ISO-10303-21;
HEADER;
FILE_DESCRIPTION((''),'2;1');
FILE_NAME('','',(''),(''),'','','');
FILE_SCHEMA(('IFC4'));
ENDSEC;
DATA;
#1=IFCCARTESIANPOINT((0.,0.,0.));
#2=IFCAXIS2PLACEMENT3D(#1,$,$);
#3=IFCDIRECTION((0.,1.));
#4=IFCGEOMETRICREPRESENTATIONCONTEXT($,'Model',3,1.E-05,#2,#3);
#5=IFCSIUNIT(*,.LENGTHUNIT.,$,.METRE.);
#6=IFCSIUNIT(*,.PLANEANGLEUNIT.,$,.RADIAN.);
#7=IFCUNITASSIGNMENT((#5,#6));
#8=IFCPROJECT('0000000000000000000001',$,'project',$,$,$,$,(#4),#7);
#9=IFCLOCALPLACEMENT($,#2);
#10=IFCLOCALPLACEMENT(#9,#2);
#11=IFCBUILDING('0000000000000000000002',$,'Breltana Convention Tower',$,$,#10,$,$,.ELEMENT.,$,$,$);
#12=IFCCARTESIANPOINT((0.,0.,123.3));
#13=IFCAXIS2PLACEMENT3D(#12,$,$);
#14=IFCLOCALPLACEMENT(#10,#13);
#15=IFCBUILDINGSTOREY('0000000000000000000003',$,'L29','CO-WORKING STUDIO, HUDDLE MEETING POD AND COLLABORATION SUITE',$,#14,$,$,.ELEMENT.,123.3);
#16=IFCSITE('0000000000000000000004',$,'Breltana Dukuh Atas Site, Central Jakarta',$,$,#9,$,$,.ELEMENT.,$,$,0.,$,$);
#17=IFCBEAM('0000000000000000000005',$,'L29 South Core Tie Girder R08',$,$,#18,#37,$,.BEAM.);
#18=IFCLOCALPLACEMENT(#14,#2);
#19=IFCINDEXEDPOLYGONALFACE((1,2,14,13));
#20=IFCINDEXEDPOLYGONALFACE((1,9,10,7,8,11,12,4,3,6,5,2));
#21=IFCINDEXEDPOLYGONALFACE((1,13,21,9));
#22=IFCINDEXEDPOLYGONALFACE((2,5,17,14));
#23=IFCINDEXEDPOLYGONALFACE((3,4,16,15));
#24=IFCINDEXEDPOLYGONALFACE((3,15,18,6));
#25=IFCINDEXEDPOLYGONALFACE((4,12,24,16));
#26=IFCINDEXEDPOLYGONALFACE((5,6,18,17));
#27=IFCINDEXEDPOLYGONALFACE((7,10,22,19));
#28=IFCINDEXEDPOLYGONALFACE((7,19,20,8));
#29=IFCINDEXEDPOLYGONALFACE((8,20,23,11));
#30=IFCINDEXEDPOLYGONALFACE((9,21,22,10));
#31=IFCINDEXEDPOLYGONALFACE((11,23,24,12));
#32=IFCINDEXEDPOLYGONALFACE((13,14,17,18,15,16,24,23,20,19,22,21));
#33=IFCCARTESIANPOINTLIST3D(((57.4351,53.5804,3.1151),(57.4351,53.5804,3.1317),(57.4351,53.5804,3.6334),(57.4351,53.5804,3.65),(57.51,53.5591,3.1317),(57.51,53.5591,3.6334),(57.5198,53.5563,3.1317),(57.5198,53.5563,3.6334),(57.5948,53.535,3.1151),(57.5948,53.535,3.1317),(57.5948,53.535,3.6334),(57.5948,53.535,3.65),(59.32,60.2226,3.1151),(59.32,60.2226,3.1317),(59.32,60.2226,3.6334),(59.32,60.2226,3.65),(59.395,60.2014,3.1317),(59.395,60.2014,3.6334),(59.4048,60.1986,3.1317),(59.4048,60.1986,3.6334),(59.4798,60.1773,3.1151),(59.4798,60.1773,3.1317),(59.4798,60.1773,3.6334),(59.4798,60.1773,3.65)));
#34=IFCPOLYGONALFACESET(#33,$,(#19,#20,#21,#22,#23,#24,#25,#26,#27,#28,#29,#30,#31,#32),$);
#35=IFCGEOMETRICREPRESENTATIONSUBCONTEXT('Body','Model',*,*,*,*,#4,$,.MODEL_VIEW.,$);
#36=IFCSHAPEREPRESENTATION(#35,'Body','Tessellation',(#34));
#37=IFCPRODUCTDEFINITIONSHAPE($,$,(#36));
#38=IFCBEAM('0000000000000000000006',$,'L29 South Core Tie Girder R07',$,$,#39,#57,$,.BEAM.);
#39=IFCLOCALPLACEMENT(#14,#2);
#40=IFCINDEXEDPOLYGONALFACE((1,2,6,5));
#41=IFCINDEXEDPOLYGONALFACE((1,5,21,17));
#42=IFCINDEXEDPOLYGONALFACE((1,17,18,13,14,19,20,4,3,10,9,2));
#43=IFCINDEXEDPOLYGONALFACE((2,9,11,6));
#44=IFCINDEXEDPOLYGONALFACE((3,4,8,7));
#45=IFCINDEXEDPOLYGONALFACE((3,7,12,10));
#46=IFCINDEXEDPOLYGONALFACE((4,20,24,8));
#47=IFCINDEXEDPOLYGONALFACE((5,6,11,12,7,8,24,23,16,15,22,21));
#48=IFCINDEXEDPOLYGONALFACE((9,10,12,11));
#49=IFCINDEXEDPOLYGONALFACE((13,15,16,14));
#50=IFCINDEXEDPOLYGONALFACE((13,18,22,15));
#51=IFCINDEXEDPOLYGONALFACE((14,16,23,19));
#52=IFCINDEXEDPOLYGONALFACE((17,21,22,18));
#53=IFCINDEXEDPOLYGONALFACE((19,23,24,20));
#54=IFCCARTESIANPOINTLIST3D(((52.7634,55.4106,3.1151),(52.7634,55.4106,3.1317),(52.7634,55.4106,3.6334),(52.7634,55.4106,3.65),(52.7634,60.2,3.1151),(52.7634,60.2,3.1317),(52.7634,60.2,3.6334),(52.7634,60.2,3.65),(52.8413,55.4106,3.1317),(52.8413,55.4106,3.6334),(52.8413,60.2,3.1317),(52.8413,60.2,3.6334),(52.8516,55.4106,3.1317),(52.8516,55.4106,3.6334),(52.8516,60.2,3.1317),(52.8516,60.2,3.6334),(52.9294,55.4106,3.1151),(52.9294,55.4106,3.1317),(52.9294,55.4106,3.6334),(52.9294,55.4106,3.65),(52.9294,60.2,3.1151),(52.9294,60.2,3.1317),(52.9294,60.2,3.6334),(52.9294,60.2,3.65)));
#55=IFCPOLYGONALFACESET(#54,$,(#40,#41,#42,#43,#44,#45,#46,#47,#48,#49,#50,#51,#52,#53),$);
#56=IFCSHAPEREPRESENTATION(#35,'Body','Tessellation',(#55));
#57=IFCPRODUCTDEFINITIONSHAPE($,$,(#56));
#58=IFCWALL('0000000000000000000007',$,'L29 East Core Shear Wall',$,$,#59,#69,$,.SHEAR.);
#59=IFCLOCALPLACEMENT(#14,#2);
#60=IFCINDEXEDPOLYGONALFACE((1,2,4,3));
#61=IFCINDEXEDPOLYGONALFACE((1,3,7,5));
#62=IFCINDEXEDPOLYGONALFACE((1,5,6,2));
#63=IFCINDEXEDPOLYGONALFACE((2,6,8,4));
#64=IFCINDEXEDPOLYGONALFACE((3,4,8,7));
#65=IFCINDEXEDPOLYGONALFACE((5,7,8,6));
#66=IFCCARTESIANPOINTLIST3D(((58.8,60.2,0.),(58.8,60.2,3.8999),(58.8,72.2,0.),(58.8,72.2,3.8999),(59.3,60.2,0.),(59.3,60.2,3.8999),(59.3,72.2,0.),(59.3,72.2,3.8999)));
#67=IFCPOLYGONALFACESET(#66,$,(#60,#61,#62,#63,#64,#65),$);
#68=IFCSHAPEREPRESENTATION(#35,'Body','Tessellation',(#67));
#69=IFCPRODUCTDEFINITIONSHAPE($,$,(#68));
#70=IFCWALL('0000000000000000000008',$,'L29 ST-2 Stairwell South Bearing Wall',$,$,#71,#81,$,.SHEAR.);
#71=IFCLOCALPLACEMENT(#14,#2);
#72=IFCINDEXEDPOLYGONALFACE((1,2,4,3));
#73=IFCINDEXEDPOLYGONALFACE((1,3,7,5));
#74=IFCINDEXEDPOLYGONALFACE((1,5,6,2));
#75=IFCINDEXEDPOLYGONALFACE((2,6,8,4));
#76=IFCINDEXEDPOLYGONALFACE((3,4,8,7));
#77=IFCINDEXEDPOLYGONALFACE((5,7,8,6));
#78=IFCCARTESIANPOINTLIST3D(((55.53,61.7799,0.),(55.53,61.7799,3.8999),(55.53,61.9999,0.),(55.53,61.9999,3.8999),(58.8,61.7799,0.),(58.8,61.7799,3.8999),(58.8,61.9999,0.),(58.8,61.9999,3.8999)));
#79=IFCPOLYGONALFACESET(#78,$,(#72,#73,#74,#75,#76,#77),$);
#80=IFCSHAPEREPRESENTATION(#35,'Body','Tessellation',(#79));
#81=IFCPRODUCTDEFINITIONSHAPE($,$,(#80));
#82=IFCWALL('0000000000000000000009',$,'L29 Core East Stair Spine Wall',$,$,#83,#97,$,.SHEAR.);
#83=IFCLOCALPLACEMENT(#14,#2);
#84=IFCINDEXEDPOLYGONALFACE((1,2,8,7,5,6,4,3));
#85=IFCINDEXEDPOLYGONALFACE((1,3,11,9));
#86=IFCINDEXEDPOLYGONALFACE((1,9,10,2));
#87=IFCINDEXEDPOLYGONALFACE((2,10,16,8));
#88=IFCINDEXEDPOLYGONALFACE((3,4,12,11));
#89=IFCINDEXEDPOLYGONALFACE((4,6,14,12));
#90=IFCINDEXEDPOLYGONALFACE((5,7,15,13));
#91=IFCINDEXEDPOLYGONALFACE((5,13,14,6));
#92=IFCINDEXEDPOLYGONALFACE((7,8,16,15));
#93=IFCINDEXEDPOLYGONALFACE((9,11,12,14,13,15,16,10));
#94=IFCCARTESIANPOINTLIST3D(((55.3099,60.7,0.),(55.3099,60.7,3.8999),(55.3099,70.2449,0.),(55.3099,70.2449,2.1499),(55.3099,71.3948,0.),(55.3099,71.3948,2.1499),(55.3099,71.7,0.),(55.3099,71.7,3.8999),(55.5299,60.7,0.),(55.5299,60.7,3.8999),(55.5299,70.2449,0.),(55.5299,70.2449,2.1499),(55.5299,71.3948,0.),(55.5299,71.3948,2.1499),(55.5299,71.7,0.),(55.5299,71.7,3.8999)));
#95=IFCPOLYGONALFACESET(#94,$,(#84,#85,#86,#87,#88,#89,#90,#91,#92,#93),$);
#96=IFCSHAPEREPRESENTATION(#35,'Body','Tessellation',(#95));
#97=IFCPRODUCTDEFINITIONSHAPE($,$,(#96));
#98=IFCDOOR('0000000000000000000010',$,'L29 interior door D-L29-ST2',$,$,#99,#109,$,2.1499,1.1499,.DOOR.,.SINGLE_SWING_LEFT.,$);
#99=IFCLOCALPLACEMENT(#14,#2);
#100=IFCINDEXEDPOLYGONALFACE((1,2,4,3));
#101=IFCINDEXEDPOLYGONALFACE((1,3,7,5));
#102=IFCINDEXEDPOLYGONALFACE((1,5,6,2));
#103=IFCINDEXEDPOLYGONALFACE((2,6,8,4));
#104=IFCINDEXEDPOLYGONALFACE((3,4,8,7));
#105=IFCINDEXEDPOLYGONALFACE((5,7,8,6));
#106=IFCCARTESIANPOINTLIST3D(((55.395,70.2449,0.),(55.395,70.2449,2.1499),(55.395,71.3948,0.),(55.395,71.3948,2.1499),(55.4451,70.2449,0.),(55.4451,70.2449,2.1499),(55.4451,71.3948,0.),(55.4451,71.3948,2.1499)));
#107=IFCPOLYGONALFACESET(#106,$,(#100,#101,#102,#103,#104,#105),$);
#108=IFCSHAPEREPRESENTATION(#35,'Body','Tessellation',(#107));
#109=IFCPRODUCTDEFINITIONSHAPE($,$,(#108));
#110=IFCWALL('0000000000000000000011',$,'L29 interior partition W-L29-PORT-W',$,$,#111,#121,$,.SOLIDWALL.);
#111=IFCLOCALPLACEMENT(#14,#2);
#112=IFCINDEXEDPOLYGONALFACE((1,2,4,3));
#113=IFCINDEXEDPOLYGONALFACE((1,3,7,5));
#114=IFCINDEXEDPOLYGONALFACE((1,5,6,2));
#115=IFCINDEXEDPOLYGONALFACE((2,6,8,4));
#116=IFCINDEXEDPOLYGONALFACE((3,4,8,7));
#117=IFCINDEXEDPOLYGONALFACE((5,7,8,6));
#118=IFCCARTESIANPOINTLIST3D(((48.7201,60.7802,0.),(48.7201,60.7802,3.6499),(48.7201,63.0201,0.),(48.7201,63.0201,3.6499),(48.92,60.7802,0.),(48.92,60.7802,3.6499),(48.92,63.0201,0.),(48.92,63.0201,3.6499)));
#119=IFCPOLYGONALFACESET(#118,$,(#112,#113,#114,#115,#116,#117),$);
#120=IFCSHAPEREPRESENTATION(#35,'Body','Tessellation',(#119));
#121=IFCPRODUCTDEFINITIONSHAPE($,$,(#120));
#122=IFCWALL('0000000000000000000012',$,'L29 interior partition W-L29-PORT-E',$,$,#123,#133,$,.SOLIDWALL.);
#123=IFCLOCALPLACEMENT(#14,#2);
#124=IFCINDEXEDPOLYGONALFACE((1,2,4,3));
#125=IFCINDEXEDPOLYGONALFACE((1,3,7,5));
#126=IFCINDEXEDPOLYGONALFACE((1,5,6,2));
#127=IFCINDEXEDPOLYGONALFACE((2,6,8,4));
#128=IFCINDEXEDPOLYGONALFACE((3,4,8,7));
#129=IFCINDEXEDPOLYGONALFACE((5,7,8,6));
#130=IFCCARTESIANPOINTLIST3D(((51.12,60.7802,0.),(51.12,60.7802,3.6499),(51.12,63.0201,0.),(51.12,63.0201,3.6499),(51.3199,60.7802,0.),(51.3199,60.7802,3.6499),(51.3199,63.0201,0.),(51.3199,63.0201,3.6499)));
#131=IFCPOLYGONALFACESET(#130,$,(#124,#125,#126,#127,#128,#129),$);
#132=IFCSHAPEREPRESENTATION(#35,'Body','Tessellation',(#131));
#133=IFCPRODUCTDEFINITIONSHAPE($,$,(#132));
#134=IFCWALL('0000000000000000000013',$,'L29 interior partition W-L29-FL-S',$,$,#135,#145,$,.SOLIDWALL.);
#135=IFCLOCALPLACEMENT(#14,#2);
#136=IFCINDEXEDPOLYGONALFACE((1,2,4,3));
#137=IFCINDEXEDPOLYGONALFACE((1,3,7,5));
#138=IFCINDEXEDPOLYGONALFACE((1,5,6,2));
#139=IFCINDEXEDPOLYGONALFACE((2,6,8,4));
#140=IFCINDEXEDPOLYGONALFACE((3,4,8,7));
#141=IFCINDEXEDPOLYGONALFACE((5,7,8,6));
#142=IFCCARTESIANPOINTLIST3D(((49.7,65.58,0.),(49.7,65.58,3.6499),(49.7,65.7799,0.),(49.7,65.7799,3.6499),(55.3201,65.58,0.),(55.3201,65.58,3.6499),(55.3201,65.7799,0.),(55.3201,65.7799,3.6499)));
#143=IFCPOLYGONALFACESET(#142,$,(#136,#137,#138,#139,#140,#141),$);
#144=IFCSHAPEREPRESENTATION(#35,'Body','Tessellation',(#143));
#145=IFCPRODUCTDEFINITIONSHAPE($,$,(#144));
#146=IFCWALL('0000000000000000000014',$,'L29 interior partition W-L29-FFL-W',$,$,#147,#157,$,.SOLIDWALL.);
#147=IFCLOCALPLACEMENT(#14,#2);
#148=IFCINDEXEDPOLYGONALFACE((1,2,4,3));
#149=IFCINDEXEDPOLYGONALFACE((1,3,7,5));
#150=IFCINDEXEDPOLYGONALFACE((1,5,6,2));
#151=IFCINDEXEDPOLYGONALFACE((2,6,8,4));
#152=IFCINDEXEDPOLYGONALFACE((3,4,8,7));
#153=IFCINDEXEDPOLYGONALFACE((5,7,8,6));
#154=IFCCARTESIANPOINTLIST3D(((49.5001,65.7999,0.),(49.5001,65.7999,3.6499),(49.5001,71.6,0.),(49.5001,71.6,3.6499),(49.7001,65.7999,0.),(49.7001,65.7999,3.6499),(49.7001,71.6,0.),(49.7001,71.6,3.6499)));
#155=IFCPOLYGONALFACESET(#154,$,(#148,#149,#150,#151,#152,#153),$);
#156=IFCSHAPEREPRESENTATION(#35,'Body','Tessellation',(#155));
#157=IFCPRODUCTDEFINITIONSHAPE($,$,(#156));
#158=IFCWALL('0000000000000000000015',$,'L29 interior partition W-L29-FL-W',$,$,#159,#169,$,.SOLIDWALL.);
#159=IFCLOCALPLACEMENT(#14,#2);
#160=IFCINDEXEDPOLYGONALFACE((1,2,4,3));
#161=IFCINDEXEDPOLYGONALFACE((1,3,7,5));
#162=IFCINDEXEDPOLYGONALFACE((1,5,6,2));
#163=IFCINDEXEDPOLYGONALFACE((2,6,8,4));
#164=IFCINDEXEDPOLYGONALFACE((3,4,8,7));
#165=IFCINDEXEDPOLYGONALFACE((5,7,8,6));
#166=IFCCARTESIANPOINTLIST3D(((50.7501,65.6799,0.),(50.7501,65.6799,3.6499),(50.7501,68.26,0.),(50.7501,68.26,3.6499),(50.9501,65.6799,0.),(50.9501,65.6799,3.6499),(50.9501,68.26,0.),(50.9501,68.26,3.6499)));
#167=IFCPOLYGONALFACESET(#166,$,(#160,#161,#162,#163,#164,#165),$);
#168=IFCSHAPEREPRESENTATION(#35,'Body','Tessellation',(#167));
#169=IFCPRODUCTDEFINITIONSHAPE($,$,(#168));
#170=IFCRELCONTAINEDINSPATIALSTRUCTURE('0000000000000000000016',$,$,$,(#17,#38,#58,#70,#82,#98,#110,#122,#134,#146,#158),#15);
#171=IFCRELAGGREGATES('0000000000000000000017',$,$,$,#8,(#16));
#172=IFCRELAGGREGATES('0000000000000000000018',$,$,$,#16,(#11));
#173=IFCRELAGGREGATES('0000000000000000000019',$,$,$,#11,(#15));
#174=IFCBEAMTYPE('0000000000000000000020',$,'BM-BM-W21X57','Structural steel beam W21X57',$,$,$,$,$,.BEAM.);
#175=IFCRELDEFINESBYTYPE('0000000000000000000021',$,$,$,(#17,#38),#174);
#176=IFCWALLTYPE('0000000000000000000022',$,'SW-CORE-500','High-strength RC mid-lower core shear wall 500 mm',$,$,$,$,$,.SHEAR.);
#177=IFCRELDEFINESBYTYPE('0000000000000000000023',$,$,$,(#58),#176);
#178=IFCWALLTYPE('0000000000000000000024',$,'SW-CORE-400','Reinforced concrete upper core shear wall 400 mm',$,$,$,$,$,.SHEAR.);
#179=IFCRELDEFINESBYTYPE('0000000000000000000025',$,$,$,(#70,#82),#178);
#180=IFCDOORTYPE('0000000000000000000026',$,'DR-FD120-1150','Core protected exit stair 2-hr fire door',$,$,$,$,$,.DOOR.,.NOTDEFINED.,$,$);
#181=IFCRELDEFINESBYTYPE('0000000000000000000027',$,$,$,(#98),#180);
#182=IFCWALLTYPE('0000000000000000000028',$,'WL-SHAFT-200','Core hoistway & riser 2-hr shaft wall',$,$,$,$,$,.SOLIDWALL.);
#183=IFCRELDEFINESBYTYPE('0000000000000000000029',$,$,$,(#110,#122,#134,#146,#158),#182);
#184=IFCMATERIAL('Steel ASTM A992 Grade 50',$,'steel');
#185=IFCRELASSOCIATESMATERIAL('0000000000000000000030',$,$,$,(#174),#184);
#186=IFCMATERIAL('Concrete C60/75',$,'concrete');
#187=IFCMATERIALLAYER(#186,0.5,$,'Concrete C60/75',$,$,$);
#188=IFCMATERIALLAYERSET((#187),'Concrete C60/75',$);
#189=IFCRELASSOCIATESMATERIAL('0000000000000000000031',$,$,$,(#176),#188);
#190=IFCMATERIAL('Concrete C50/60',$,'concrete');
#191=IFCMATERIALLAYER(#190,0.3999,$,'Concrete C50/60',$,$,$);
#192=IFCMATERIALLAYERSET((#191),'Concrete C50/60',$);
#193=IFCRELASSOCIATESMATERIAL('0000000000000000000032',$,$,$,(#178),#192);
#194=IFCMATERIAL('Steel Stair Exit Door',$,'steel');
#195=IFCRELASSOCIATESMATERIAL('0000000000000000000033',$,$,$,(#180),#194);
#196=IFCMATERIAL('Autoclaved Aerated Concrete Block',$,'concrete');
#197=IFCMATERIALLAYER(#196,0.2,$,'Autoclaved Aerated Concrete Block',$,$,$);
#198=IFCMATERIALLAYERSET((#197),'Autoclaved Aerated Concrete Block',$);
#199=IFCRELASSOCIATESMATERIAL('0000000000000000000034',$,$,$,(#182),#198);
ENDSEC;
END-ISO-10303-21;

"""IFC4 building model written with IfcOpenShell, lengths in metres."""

from ifc_helpers import new_model, si_unit, direction, frame, frame_2d, origin, origin_2d, place, context, subcontext, project, spatial, rectangle, i_section, extrude, source, transform, mapped, material, layer, layer_set, material_profile, profile_set, type_object, type_shapes, element, fill, save


model = new_model("IFC4")

# Units and contexts
model_context = context("Model", 3, precision=1e-05, world=origin(), true_north=direction((0.0, 1.0)))
body_context = subcontext(model_context, "Body", "Model", "MODEL_VIEW")
ifc_project = project(units=[si_unit("LENGTHUNIT", "METRE"), si_unit("PLANEANGLEUNIT", "RADIAN")], contexts=[model_context])

# Site, building, storey
site_placement = place(None, origin())
site = spatial("IfcSite", under=ifc_project, at=site_placement, Name="Breltana Dukuh Atas Site, Central Jakarta", CompositionType="ELEMENT", RefElevation=0.0)
building_placement = place(site_placement, origin())
building = spatial("IfcBuilding", under=site, at=building_placement, Name="Breltana Convention Tower", CompositionType="ELEMENT")
storey_placement = place(building_placement, frame((0.0, 0.0, 123.3)))
storey = spatial("IfcBuildingStorey", under=building, at=storey_placement, Name="L29", Description="CO-WORKING STUDIO, HUDDLE MEETING POD AND COLLABORATION SUITE", CompositionType="ELEMENT", Elevation=123.3)

# Beams
ifc_material_1 = material(Name="Steel ASTM A992 Grade 50", Category="steel")
ifc_material_profile = material_profile(ifc_material_1, i_section(OverallWidth=0.166, OverallDepth=0.5349, WebThickness=0.0103, FlangeThickness=0.0166, at=origin_2d()), Name="W21X57")
ifc_profile_set = profile_set([ifc_material_profile], Name="Steel ASTM A992 Grade 50")
beam_type = type_object("IfcBeamType", Name="BM-BM-W21X57", Description="Structural steel beam W21X57", PredefinedType="BEAM", material=ifc_profile_set)
shared_shape_1 = source(origin(), body_context, "Body", "SweptSolid", [
    extrude(i_section(OverallWidth=0.166, OverallDepth=0.5349, WebThickness=0.0103, FlangeThickness=0.0166, at=origin_2d()), origin(), (0.0, 0.0, 1.0), 6.9045),
])
type_shapes(beam_type, [shared_shape_1])
beam_1_placement = place(storey_placement, frame((59.3999, 60.2, 3.3826), z_axis=(-0.273007, -0.962012, 0.0), x_axis=(0.962012, -0.273007, 0.0)))
element("IfcBeam", 1, at=beam_1_placement, inside=storey, type_object=beam_type, Name="L29 South Core Tie Girder R08", PredefinedType="BEAM", context=body_context, shape_type="MappedRepresentation", body=[
    mapped(shared_shape_1, transform((0.0, 0.0, 0.0), scale=1.0)),
])
shared_shape_2 = source(origin(), body_context, "Body", "SweptSolid", [
    extrude(i_section(OverallWidth=0.166, OverallDepth=0.5349, WebThickness=0.0103, FlangeThickness=0.0166, at=origin_2d()), origin(), (0.0, 0.0, 1.0), 4.7893),
])
beam_2_placement = place(storey_placement, frame((52.8464, 60.2, 3.3826), z_axis=(0.0, -1.0, 0.0), x_axis=(1.0, 0.0, 0.0)))
element("IfcBeam", 2, at=beam_2_placement, inside=storey, type_object=beam_type, Name="L29 South Core Tie Girder R07", PredefinedType="BEAM", context=body_context, shape_type="MappedRepresentation", body=[
    mapped(shared_shape_2, transform((0.0, 0.0, 0.0), scale=1.0)),
])

# Walls
ifc_material_2 = material(Name="Concrete C60/75", Category="concrete")
ifc_layer_1 = layer(ifc_material_2, 0.5, Name="Concrete C60/75")
ifc_layer_set_1 = layer_set([ifc_layer_1], Name="Concrete C60/75")
wall_type_1 = type_object("IfcWallType", Name="SW-CORE-500", Description="High-strength RC mid-lower core shear wall 500 mm", PredefinedType="SHEAR", material=ifc_layer_set_1)
shared_shape_3 = source(origin(), body_context, "Body", "SweptSolid", [
    extrude(rectangle(XDim=12.0, YDim=0.5, at=frame_2d((6.0, 0.0))), origin(), (0.0, 0.0, 1.0), 3.8999),
])
wall_1_placement = place(storey_placement, frame((59.05, 60.2, 0.0), z_axis=(0.0, 0.0, 1.0), x_axis=(0.0, 1.0, 0.0)))
element("IfcWall", 3, at=wall_1_placement, inside=storey, type_object=wall_type_1, Name="L29 East Core Shear Wall", PredefinedType="SHEAR", context=body_context, shape_type="MappedRepresentation", body=[
    mapped(shared_shape_3, transform((0.0, 0.0, 0.0), scale=1.0)),
])
ifc_material_3 = material(Name="Concrete C50/60", Category="concrete")
ifc_layer_2 = layer(ifc_material_3, 0.3999, Name="Concrete C50/60")
ifc_layer_set_2 = layer_set([ifc_layer_2], Name="Concrete C50/60")
wall_type_2 = type_object("IfcWallType", Name="SW-CORE-400", Description="Reinforced concrete upper core shear wall 400 mm", PredefinedType="SHEAR", material=ifc_layer_set_2)
shared_shape_4 = source(origin(), body_context, "Body", "SweptSolid", [
    extrude(rectangle(XDim=3.27, YDim=0.22, at=frame_2d((1.635, 0.0))), origin(), (0.0, 0.0, 1.0), 3.8999),
])
wall_2_placement = place(storey_placement, frame((55.53, 61.8899, 0.0), z_axis=(0.0, 0.0, 1.0), x_axis=(1.0, 0.0, 0.0)))
element("IfcWall", 4, at=wall_2_placement, inside=storey, type_object=wall_type_2, Name="L29 ST-2 Stairwell South Bearing Wall", PredefinedType="SHEAR", context=body_context, shape_type="MappedRepresentation", body=[
    mapped(shared_shape_4, transform((0.0, 0.0, 0.0), scale=1.0)),
])

# Wall, opening, door
shared_shape_5 = source(origin(), body_context, "Body", "SweptSolid", [
    extrude(rectangle(XDim=11.0, YDim=0.22, at=frame_2d((5.5, 0.0))), origin(), (0.0, 0.0, 1.0), 3.8999),
])
wall_3_placement = place(storey_placement, frame((55.4199, 60.7, 0.0), z_axis=(0.0, 0.0, 1.0), x_axis=(0.0, 1.0, 0.0)))
wall_3 = element("IfcWall", 5, at=wall_3_placement, inside=storey, type_object=wall_type_2, Name="L29 Core East Stair Spine Wall", PredefinedType="SHEAR", context=body_context, shape_type="MappedRepresentation", body=[
    mapped(shared_shape_5, transform((0.0, 0.0, 0.0), scale=1.0)),
])
opening_placement = place(wall_3_placement, frame((9.5449, 0.0, 0.0)))
opening = element("IfcOpeningElement", 6, at=opening_placement, cuts=wall_3, PredefinedType="OPENING", context=body_context, shape_type="SweptSolid", body=[
    extrude(rectangle(XDim=1.1499, YDim=2.1499, at=frame_2d((0.575, 1.075))), frame((0.0, 0.1201, 0.0), z_axis=(0.0, -1.0, 0.0), x_axis=(1.0, 0.0, 0.0)), (0.0, 0.0, 1.0), 0.24),
])
ifc_material_4 = material(Name="Steel Stair Exit Door", Category="steel")
door_type = type_object("IfcDoorType", Name="DR-FD120-1150", Description="Core protected exit stair 2-hr fire door", OperationType="NOTDEFINED", PredefinedType="DOOR", material=ifc_material_4)
shared_shape_6 = source(origin(), body_context, "Body", "SweptSolid", [
    extrude(rectangle(XDim=1.1499, YDim=2.1499, at=frame_2d((0.575, 1.075))), frame((0.0, 0.0249, 0.0), z_axis=(0.0, -1.0, 0.0), x_axis=(1.0, 0.0, 0.0)), (0.0, 0.0, 1.0), 0.05),
])
type_shapes(door_type, [shared_shape_6])
door_placement = place(opening_placement, origin())
door = element("IfcDoor", 7, at=door_placement, inside=storey, type_object=door_type, Name="L29 interior door D-L29-ST2", OperationType="SINGLE_SWING_LEFT", OverallHeight=2.1499, OverallWidth=1.1499, PredefinedType="DOOR", context=body_context, shape_type="MappedRepresentation", body=[
    mapped(shared_shape_6, transform((0.0, 0.0, 0.0), scale=1.0)),
])
fill(opening, door)

# Walls
ifc_material_5 = material(Name="Autoclaved Aerated Concrete Block", Category="concrete")
ifc_layer_3 = layer(ifc_material_5, 0.2, Name="Autoclaved Aerated Concrete Block")
ifc_layer_set_3 = layer_set([ifc_layer_3], Name="Autoclaved Aerated Concrete Block")
wall_type_3 = type_object("IfcWallType", Name="WL-SHAFT-200", Description="Core hoistway & riser 2-hr shaft wall", PredefinedType="SOLIDWALL", material=ifc_layer_set_3)
shared_shape_7 = source(origin(), body_context, "Body", "SweptSolid", [
    extrude(rectangle(XDim=2.24, YDim=0.2, at=frame_2d((1.1201, 0.0))), origin(), (0.0, 0.0, 1.0), 3.6499),
])
for number, where, z_axis, x_axis, name in (
    (8, (48.8201, 60.78, 0.0), (0.0, 0.0, 1.0), (0.0, 1.0, 0.0), "L29 interior partition W-L29-PORT-W"),
    (9, (51.22, 60.78, 0.0), (0.0, 0.0, 1.0), (0.0, 1.0, 0.0), "L29 interior partition W-L29-PORT-E"),
):
    element("IfcWall", number, at=place(storey_placement, frame(where, z_axis=z_axis, x_axis=x_axis)), inside=storey, type_object=wall_type_3, Name=name, PredefinedType="SOLIDWALL", context=body_context, shape_type="MappedRepresentation", body=[
        mapped(shared_shape_7, transform((0.0, 0.0, 0.0), scale=1.0)),
    ])
shared_shape_8 = source(origin(), body_context, "Body", "SweptSolid", [
    extrude(rectangle(XDim=5.6201, YDim=0.2, at=frame_2d((2.8101, 0.0))), origin(), (0.0, 0.0, 1.0), 3.6499),
])
wall_4_placement = place(storey_placement, frame((49.7, 65.6799, 0.0), z_axis=(0.0, 0.0, 1.0), x_axis=(1.0, 0.0, 0.0)))
element("IfcWall", 10, at=wall_4_placement, inside=storey, type_object=wall_type_3, Name="L29 interior partition W-L29-FL-S", PredefinedType="SOLIDWALL", context=body_context, shape_type="MappedRepresentation", body=[
    mapped(shared_shape_8, transform((0.0, 0.0, 0.0), scale=1.0)),
])
shared_shape_9 = source(origin(), body_context, "Body", "SweptSolid", [
    extrude(rectangle(XDim=5.8, YDim=0.2, at=frame_2d((2.8999, 0.0))), origin(), (0.0, 0.0, 1.0), 3.6499),
])
wall_5_placement = place(storey_placement, frame((49.6001, 65.8, 0.0), z_axis=(0.0, 0.0, 1.0), x_axis=(0.0, 1.0, 0.0)))
element("IfcWall", 11, at=wall_5_placement, inside=storey, type_object=wall_type_3, Name="L29 interior partition W-L29-FFL-W", PredefinedType="SOLIDWALL", context=body_context, shape_type="MappedRepresentation", body=[
    mapped(shared_shape_9, transform((0.0, 0.0, 0.0), scale=1.0)),
])
shared_shape_10 = source(origin(), body_context, "Body", "SweptSolid", [
    extrude(rectangle(XDim=2.5801, YDim=0.2, at=frame_2d((1.29, 0.0))), origin(), (0.0, 0.0, 1.0), 3.6499),
])
wall_6_placement = place(storey_placement, frame((50.8501, 65.6799, 0.0), z_axis=(0.0, 0.0, 1.0), x_axis=(0.0, 1.0, 0.0)))
element("IfcWall", 12, at=wall_6_placement, inside=storey, type_object=wall_type_3, Name="L29 interior partition W-L29-FL-W", PredefinedType="SOLIDWALL", context=body_context, shape_type="MappedRepresentation", body=[
    mapped(shared_shape_10, transform((0.0, 0.0, 0.0), scale=1.0)),
])

save(model, "model.ifc")
